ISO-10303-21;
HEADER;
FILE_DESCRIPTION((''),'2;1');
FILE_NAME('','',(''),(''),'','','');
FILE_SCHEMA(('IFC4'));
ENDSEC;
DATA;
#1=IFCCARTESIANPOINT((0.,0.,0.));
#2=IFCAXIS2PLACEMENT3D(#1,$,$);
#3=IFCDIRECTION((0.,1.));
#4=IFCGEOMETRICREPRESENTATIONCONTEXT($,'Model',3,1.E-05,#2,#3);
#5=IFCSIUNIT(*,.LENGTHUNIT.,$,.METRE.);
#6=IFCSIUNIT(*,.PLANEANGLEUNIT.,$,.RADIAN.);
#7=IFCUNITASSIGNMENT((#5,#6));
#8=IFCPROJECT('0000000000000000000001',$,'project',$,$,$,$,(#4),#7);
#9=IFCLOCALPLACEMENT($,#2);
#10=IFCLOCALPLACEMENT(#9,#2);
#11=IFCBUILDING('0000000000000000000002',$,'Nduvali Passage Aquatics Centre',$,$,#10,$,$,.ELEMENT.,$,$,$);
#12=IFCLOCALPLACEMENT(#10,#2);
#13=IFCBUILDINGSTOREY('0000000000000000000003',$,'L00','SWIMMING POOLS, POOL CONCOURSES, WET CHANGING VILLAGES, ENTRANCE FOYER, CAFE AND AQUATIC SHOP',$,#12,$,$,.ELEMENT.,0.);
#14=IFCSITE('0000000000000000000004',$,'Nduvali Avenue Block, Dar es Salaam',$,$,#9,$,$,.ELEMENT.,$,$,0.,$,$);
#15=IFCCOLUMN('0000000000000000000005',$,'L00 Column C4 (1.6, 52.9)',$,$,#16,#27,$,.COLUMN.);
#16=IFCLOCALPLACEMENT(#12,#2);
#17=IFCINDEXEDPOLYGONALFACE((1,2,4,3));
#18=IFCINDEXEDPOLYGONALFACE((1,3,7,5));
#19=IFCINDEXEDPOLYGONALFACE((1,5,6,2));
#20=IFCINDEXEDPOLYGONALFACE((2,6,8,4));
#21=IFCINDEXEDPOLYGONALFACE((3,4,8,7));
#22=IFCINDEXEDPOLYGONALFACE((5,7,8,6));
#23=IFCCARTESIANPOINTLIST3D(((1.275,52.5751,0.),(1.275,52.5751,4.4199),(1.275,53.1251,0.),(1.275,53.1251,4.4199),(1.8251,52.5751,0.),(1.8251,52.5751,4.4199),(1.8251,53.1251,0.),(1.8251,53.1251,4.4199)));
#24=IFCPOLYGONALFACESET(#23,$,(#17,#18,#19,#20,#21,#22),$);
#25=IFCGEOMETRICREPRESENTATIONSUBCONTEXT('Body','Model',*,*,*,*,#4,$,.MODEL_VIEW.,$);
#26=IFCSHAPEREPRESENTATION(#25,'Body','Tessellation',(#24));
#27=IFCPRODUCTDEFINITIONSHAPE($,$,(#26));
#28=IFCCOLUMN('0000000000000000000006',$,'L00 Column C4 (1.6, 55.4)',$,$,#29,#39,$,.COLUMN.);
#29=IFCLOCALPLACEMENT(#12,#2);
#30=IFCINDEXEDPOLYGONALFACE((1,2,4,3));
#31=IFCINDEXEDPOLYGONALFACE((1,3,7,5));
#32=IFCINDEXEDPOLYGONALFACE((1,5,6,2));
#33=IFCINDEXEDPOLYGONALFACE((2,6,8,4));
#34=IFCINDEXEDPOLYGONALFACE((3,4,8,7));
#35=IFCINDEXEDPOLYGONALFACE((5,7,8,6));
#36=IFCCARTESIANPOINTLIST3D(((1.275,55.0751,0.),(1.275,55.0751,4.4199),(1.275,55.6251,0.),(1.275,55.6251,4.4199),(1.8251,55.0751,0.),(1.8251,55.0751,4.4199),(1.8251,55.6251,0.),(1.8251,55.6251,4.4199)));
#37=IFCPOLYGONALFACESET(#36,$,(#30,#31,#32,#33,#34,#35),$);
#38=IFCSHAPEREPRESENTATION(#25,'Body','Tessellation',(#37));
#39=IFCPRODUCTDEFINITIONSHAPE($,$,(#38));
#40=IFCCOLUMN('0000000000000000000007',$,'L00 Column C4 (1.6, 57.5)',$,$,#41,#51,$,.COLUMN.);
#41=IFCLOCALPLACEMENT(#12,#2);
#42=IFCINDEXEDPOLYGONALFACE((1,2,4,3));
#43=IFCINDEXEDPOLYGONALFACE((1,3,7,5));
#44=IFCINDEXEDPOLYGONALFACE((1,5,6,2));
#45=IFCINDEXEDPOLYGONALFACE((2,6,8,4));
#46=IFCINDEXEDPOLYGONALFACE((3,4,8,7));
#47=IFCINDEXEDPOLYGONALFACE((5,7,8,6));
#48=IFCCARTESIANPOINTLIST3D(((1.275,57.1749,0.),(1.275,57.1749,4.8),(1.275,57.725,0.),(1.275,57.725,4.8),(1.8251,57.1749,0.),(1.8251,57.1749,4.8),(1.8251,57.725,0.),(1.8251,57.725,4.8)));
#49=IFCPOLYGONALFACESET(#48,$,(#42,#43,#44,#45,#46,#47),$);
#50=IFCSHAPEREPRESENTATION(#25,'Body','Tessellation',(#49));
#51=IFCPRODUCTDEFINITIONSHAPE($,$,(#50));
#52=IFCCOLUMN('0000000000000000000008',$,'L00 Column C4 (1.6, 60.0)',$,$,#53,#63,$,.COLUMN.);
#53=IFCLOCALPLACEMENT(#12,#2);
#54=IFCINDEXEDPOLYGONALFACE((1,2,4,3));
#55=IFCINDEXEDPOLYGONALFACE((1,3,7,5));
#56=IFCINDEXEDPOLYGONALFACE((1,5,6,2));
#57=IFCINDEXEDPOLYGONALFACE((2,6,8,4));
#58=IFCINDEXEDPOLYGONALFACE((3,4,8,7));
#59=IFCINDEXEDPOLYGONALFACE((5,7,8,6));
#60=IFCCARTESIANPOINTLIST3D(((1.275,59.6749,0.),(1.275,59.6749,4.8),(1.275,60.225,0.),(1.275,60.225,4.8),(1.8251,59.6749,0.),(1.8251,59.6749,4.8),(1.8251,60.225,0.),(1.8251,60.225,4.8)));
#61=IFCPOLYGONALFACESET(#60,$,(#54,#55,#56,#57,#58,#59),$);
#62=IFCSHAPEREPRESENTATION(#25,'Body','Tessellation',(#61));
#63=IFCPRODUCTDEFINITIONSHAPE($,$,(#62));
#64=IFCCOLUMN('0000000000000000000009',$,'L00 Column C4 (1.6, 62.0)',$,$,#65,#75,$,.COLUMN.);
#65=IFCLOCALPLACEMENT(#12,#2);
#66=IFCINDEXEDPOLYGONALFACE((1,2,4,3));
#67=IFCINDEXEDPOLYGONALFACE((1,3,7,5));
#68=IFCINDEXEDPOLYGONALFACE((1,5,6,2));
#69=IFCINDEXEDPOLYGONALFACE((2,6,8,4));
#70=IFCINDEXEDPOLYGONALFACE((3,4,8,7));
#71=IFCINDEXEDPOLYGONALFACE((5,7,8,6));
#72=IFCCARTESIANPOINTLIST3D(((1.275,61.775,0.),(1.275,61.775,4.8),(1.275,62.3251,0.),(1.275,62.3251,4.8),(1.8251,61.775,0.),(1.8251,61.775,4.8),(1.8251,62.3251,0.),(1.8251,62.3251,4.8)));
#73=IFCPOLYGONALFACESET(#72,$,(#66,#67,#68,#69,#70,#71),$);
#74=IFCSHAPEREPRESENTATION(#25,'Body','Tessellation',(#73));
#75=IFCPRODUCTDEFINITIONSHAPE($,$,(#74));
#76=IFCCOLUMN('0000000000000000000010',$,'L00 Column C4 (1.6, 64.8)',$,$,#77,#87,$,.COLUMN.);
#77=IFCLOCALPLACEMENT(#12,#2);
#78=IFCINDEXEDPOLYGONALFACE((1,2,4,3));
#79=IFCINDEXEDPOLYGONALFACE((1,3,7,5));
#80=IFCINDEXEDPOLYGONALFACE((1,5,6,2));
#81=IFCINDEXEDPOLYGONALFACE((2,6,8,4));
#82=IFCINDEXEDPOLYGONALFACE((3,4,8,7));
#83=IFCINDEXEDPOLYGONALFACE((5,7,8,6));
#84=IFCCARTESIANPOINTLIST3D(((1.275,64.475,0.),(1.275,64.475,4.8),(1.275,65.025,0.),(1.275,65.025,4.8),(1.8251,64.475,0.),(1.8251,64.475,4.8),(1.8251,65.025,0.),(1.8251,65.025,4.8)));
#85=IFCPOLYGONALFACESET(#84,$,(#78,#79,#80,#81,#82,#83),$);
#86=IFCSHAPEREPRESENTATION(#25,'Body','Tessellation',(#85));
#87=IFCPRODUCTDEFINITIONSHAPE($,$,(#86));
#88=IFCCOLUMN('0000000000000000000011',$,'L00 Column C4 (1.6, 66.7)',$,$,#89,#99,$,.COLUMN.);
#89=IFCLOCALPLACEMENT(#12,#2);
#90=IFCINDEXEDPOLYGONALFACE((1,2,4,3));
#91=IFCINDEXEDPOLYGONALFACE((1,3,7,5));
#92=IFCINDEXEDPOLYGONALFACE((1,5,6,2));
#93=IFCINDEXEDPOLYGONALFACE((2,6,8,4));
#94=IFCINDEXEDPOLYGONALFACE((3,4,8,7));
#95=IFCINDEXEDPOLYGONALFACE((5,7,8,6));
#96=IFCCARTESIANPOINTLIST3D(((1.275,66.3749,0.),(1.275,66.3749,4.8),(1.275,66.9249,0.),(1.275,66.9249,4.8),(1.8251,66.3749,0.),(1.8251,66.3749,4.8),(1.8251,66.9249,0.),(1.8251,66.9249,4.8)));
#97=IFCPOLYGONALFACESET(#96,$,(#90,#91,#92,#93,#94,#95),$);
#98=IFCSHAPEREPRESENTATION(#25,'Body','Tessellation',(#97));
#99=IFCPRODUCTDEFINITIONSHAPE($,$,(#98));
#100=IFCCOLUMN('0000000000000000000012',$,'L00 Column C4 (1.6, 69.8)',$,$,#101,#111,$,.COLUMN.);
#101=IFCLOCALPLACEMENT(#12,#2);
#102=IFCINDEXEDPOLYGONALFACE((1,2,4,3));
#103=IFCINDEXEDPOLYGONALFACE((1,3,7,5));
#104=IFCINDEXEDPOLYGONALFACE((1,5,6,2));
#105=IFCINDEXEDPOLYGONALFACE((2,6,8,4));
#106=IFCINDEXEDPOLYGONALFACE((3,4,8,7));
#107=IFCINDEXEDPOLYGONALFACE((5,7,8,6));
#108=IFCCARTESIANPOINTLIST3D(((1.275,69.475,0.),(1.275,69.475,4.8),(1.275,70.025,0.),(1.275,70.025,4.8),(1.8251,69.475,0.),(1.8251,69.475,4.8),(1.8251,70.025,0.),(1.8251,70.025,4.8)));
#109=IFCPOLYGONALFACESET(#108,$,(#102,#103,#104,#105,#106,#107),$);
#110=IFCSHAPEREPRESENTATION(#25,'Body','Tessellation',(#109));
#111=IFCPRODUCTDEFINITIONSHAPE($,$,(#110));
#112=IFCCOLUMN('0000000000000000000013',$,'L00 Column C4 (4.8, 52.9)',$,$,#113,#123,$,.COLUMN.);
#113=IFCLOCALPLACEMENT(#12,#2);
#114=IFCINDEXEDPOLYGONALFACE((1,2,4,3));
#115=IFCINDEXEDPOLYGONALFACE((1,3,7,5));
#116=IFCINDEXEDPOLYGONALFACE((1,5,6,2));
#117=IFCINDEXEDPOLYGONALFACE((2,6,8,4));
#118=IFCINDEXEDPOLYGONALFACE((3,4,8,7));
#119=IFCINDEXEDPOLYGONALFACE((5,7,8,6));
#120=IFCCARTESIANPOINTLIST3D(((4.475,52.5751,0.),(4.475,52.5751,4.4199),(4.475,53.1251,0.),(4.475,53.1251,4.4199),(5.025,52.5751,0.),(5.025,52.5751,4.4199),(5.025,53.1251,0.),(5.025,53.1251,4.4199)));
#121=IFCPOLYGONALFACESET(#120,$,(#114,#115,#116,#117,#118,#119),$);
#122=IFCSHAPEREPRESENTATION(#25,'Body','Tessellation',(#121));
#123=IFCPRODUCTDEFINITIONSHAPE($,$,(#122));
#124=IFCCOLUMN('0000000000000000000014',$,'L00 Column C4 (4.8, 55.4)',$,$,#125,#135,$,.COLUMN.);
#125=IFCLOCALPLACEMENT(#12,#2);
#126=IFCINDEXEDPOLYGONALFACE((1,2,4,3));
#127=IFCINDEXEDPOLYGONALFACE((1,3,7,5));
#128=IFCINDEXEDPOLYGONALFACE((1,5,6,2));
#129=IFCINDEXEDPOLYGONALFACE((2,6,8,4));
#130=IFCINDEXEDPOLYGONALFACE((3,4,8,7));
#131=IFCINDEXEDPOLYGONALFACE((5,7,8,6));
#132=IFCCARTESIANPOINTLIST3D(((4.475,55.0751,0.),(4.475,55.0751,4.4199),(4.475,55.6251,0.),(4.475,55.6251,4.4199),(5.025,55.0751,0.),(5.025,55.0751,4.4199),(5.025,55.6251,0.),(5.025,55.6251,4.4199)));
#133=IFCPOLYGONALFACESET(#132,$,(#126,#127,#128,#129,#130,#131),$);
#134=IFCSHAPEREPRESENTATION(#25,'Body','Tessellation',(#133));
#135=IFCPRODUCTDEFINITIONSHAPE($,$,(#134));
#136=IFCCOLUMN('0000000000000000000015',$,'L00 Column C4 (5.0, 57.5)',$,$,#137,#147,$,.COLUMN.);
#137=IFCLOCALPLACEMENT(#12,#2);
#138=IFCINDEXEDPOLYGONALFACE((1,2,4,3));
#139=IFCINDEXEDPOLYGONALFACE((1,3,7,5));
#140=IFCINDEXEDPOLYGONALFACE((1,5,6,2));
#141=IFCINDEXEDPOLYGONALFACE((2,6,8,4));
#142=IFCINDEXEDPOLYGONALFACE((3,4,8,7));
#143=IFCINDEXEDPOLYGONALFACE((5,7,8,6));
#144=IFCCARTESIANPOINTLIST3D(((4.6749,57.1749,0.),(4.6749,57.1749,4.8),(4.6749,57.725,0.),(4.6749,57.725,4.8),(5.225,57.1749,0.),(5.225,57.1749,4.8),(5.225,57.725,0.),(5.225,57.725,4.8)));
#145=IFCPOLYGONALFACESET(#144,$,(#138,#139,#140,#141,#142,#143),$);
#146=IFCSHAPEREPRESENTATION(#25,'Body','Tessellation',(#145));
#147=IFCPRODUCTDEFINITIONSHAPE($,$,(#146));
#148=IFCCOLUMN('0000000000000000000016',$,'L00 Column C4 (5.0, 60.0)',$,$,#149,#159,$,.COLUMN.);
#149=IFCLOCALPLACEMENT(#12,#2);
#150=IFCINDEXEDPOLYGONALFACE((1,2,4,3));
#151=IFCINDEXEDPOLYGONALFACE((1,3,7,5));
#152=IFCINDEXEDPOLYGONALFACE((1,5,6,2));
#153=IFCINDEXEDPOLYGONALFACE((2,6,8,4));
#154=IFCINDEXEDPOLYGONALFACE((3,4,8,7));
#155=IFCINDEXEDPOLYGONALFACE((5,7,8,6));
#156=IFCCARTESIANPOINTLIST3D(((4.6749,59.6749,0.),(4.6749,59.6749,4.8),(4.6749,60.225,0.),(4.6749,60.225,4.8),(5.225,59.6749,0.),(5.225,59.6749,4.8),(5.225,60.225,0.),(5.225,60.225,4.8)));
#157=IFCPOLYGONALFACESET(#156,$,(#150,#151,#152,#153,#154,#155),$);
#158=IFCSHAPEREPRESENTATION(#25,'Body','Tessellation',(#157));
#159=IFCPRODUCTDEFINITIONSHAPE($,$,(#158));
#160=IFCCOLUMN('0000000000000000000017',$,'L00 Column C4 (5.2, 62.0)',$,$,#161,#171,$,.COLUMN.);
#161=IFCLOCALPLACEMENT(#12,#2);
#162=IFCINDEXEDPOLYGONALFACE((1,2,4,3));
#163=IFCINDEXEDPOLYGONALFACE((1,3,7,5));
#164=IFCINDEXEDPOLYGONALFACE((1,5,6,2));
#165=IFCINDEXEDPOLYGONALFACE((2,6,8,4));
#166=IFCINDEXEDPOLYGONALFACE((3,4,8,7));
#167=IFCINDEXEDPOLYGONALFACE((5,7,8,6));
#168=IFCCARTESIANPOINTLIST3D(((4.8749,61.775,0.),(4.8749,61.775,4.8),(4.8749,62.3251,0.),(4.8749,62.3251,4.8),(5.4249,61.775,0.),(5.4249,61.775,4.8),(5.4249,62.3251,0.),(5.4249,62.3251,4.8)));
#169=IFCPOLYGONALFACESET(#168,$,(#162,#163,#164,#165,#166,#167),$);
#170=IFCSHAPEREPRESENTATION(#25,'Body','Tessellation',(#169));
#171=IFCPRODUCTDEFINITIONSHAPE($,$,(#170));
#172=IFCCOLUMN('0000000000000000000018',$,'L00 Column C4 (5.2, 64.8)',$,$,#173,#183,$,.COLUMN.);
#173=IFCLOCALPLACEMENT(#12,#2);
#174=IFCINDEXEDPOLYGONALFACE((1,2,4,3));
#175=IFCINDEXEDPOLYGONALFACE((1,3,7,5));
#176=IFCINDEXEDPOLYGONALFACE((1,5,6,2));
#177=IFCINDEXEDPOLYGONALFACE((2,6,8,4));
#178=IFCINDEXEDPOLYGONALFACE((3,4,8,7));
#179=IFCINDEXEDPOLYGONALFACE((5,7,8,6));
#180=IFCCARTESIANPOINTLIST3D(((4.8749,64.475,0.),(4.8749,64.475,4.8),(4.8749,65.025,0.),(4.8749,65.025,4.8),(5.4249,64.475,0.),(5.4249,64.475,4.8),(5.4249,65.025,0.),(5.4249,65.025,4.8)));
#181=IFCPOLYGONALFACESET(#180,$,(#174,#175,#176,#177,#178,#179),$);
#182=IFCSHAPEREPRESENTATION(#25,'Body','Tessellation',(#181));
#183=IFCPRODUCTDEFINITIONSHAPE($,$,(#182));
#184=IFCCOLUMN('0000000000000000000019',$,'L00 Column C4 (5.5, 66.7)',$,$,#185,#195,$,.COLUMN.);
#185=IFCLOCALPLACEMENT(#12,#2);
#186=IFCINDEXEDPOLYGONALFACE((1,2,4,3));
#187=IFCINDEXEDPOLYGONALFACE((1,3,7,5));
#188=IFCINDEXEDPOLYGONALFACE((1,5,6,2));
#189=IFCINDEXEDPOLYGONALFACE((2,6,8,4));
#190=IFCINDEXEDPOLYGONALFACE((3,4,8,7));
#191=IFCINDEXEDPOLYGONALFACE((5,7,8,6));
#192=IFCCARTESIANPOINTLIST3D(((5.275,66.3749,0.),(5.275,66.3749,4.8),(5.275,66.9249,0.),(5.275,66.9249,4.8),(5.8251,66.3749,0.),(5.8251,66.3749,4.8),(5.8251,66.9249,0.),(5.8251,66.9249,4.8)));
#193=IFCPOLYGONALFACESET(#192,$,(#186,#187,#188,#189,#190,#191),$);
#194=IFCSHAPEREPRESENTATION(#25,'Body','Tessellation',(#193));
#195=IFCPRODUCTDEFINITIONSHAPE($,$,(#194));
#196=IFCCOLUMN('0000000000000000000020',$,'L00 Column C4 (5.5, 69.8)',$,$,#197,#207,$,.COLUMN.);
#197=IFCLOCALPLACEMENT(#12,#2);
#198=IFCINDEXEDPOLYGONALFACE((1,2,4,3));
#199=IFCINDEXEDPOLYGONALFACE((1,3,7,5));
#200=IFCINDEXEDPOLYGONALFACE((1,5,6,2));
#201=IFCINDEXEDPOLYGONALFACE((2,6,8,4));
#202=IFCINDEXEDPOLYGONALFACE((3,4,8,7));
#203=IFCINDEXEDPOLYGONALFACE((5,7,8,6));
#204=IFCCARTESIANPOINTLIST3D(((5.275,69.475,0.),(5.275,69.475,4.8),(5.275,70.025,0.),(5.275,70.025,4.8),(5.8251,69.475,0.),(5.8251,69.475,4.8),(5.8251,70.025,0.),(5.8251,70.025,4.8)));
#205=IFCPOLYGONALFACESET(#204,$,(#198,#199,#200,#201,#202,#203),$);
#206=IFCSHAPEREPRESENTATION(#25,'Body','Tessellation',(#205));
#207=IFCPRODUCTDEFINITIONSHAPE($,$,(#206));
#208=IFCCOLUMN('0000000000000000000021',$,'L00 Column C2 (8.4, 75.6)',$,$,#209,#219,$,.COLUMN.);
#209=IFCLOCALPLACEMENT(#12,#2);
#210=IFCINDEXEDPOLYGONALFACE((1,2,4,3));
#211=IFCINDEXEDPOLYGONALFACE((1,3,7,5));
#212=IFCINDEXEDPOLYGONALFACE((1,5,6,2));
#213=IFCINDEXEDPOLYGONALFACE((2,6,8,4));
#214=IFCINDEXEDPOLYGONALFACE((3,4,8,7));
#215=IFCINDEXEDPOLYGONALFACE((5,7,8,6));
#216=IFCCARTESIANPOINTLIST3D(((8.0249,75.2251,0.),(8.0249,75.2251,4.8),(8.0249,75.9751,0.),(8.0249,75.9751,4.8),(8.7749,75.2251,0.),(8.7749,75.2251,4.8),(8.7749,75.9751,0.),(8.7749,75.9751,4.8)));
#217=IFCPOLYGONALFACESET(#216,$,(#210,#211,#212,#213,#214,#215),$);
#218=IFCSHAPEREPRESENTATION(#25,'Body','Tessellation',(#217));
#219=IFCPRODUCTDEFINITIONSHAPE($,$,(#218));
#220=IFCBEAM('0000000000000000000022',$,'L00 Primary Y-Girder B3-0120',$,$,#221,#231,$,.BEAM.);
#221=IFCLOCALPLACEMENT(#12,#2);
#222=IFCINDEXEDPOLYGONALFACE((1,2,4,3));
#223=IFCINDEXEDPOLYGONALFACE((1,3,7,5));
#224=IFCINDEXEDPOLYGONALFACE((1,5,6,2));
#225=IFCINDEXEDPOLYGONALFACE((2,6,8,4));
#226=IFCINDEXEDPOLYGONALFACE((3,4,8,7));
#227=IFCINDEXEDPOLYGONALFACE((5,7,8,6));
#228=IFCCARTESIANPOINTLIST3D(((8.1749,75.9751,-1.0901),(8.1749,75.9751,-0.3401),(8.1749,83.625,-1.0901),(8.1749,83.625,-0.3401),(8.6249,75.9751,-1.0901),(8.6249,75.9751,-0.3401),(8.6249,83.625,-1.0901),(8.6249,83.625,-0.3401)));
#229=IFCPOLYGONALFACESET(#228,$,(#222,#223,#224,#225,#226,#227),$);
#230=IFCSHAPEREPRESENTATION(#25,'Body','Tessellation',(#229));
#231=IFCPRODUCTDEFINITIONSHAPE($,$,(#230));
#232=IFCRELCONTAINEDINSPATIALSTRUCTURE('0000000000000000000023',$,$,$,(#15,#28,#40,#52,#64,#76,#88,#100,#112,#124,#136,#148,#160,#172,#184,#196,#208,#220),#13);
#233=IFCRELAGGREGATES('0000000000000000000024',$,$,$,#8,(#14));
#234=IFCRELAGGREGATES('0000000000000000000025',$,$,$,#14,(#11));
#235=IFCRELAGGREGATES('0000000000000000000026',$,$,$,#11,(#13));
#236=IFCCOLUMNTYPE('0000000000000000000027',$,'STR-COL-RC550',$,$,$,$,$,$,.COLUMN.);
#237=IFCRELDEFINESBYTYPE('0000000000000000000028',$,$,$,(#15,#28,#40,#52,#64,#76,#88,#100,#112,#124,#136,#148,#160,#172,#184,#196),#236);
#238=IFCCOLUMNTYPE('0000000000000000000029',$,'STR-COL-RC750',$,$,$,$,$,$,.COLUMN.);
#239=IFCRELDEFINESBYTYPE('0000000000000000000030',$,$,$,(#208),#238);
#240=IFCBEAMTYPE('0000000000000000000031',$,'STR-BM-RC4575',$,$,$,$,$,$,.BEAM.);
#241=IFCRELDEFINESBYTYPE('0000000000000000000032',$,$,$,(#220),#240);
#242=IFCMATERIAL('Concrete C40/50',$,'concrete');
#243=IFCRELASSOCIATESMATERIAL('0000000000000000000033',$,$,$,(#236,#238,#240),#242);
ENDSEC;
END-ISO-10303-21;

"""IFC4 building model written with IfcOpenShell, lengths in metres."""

from ifc_helpers import new_model, si_unit, direction, frame, origin, origin_2d, place, context, subcontext, project, spatial, rectangle, extrude, material, material_profile, profile_set, type_object, element, save


model = new_model("IFC4")

# Units and contexts
model_context = context("Model", 3, precision=1e-05, world=origin(), true_north=direction((0.0, 1.0)))
body_context = subcontext(model_context, "Body", "Model", "MODEL_VIEW")
ifc_project = project(units=[si_unit("LENGTHUNIT", "METRE"), si_unit("PLANEANGLEUNIT", "RADIAN")], contexts=[model_context])

# Site, building, storey
site_placement = place(None, origin())
site = spatial("IfcSite", under=ifc_project, at=site_placement, Name="Nduvali Avenue Block, Dar es Salaam", CompositionType="ELEMENT", RefElevation=0.0)
building_placement = place(site_placement, origin())
building = spatial("IfcBuilding", under=site, at=building_placement, Name="Nduvali Passage Aquatics Centre", CompositionType="ELEMENT")
storey_placement = place(building_placement, origin())
storey = spatial("IfcBuildingStorey", under=building, at=storey_placement, Name="L00", Description="SWIMMING POOLS, POOL CONCOURSES, WET CHANGING VILLAGES, ENTRANCE FOYER, CAFE AND AQUATIC SHOP", CompositionType="ELEMENT", Elevation=0.0)

# Columns
ifc_material_1 = material(Name="Concrete C40/50", Category="concrete")
ifc_material_profile_1 = material_profile(ifc_material_1, rectangle(XDim=0.55, YDim=0.55, at=origin_2d()), Name="RC 550x550")
ifc_profile_set_1 = profile_set([ifc_material_profile_1], Name="Concrete C40/50")
column_type_1 = type_object("IfcColumnType", Name="STR-COL-RC550", PredefinedType="COLUMN", material=ifc_profile_set_1)
for number, where, z_axis, x_axis, name in (
    (1, (1.55, 52.8501, 0.0), (0.0, 0.0, 1.0), (1.0, 0.0, 0.0), "L00 Column C4 (1.6, 52.9)"),
    (2, (1.55, 55.3501, 0.0), (0.0, 0.0, 1.0), (1.0, 0.0, 0.0), "L00 Column C4 (1.6, 55.4)"),
):
    element("IfcColumn", number, at=place(storey_placement, frame(where, z_axis=z_axis, x_axis=x_axis)), inside=storey, type_object=column_type_1, Name=name, PredefinedType="COLUMN", context=body_context, shape_type="SweptSolid", body=[
        extrude(rectangle(XDim=0.55, YDim=0.55, at=origin_2d()), origin(), (0.0, 0.0, 1.0), 4.4199),
    ])
for number, where, z_axis, x_axis, name in (
    (3, (1.55, 57.45, 0.0), (0.0, 0.0, 1.0), (1.0, 0.0, 0.0), "L00 Column C4 (1.6, 57.5)"),
    (4, (1.55, 59.95, 0.0), (0.0, 0.0, 1.0), (1.0, 0.0, 0.0), "L00 Column C4 (1.6, 60.0)"),
    (5, (1.55, 62.05, 0.0), (0.0, 0.0, 1.0), (1.0, 0.0, 0.0), "L00 Column C4 (1.6, 62.0)"),
    (6, (1.55, 64.75, 0.0), (0.0, 0.0, 1.0), (1.0, 0.0, 0.0), "L00 Column C4 (1.6, 64.8)"),
    (7, (1.55, 66.6499, 0.0), (0.0, 0.0, 1.0), (1.0, 0.0, 0.0), "L00 Column C4 (1.6, 66.7)"),
    (8, (1.55, 69.75, 0.0), (0.0, 0.0, 1.0), (1.0, 0.0, 0.0), "L00 Column C4 (1.6, 69.8)"),
):
    element("IfcColumn", number, at=place(storey_placement, frame(where, z_axis=z_axis, x_axis=x_axis)), inside=storey, type_object=column_type_1, Name=name, PredefinedType="COLUMN", context=body_context, shape_type="SweptSolid", body=[
        extrude(rectangle(XDim=0.55, YDim=0.55, at=origin_2d()), origin(), (0.0, 0.0, 1.0), 4.8),
    ])
for number, where, z_axis, x_axis, name in (
    (9, (4.75, 52.8501, 0.0), (0.0, 0.0, 1.0), (1.0, 0.0, 0.0), "L00 Column C4 (4.8, 52.9)"),
    (10, (4.75, 55.3501, 0.0), (0.0, 0.0, 1.0), (1.0, 0.0, 0.0), "L00 Column C4 (4.8, 55.4)"),
):
    element("IfcColumn", number, at=place(storey_placement, frame(where, z_axis=z_axis, x_axis=x_axis)), inside=storey, type_object=column_type_1, Name=name, PredefinedType="COLUMN", context=body_context, shape_type="SweptSolid", body=[
        extrude(rectangle(XDim=0.55, YDim=0.55, at=origin_2d()), origin(), (0.0, 0.0, 1.0), 4.4199),
    ])
for number, where, z_axis, x_axis, name in (
    (11, (4.95, 57.45, 0.0), (0.0, 0.0, 1.0), (1.0, 0.0, 0.0), "L00 Column C4 (5.0, 57.5)"),
    (12, (4.95, 59.95, 0.0), (0.0, 0.0, 1.0), (1.0, 0.0, 0.0), "L00 Column C4 (5.0, 60.0)"),
    (13, (5.1499, 62.05, 0.0), (0.0, 0.0, 1.0), (1.0, 0.0, 0.0), "L00 Column C4 (5.2, 62.0)"),
    (14, (5.1499, 64.75, 0.0), (0.0, 0.0, 1.0), (1.0, 0.0, 0.0), "L00 Column C4 (5.2, 64.8)"),
    (15, (5.55, 66.6499, 0.0), (0.0, 0.0, 1.0), (1.0, 0.0, 0.0), "L00 Column C4 (5.5, 66.7)"),
    (16, (5.55, 69.75, 0.0), (0.0, 0.0, 1.0), (1.0, 0.0, 0.0), "L00 Column C4 (5.5, 69.8)"),
):
    element("IfcColumn", number, at=place(storey_placement, frame(where, z_axis=z_axis, x_axis=x_axis)), inside=storey, type_object=column_type_1, Name=name, PredefinedType="COLUMN", context=body_context, shape_type="SweptSolid", body=[
        extrude(rectangle(XDim=0.55, YDim=0.55, at=origin_2d()), origin(), (0.0, 0.0, 1.0), 4.8),
    ])
ifc_material_profile_2 = material_profile(ifc_material_1, rectangle(XDim=0.75, YDim=0.75, at=origin_2d()), Name="RC 750x750")
ifc_profile_set_2 = profile_set([ifc_material_profile_2], Name="Concrete C40/50")
column_type_2 = type_object("IfcColumnType", Name="STR-COL-RC750", PredefinedType="COLUMN", material=ifc_profile_set_2)
column_placement = place(storey_placement, frame((8.3999, 75.6001, 0.0), z_axis=(0.0, 0.0, 1.0), x_axis=(1.0, 0.0, 0.0)))
element("IfcColumn", 17, at=column_placement, inside=storey, type_object=column_type_2, Name="L00 Column C2 (8.4, 75.6)", PredefinedType="COLUMN", context=body_context, shape_type="SweptSolid", body=[
    extrude(rectangle(XDim=0.75, YDim=0.75, at=origin_2d()), origin(), (0.0, 0.0, 1.0), 4.8),
])

# Beam
ifc_material_profile_3 = material_profile(ifc_material_1, rectangle(XDim=0.45, YDim=0.75, at=origin_2d()), Name="RC 450x750")
ifc_profile_set_3 = profile_set([ifc_material_profile_3], Name="Concrete C40/50")
beam_type_1 = type_object("IfcBeamType", Name="STR-BM-RC4575", PredefinedType="BEAM", material=ifc_profile_set_3)
beam_1_placement = place(storey_placement, frame((8.3999, 75.9751, -0.7151), z_axis=(0.0, 1.0, 0.0), x_axis=(-1.0, 0.0, 0.0)))
element("IfcBeam", 18, at=beam_1_placement, inside=storey, type_object=beam_type_1, Name="L00 Primary Y-Girder B3-0120", PredefinedType="BEAM", context=body_context, shape_type="SweptSolid", body=[
    extrude(rectangle(XDim=0.45, YDim=0.75, at=origin_2d()), origin(), (0.0, 0.0, 1.0), 7.6499),
])

save(model, "model.ifc")
